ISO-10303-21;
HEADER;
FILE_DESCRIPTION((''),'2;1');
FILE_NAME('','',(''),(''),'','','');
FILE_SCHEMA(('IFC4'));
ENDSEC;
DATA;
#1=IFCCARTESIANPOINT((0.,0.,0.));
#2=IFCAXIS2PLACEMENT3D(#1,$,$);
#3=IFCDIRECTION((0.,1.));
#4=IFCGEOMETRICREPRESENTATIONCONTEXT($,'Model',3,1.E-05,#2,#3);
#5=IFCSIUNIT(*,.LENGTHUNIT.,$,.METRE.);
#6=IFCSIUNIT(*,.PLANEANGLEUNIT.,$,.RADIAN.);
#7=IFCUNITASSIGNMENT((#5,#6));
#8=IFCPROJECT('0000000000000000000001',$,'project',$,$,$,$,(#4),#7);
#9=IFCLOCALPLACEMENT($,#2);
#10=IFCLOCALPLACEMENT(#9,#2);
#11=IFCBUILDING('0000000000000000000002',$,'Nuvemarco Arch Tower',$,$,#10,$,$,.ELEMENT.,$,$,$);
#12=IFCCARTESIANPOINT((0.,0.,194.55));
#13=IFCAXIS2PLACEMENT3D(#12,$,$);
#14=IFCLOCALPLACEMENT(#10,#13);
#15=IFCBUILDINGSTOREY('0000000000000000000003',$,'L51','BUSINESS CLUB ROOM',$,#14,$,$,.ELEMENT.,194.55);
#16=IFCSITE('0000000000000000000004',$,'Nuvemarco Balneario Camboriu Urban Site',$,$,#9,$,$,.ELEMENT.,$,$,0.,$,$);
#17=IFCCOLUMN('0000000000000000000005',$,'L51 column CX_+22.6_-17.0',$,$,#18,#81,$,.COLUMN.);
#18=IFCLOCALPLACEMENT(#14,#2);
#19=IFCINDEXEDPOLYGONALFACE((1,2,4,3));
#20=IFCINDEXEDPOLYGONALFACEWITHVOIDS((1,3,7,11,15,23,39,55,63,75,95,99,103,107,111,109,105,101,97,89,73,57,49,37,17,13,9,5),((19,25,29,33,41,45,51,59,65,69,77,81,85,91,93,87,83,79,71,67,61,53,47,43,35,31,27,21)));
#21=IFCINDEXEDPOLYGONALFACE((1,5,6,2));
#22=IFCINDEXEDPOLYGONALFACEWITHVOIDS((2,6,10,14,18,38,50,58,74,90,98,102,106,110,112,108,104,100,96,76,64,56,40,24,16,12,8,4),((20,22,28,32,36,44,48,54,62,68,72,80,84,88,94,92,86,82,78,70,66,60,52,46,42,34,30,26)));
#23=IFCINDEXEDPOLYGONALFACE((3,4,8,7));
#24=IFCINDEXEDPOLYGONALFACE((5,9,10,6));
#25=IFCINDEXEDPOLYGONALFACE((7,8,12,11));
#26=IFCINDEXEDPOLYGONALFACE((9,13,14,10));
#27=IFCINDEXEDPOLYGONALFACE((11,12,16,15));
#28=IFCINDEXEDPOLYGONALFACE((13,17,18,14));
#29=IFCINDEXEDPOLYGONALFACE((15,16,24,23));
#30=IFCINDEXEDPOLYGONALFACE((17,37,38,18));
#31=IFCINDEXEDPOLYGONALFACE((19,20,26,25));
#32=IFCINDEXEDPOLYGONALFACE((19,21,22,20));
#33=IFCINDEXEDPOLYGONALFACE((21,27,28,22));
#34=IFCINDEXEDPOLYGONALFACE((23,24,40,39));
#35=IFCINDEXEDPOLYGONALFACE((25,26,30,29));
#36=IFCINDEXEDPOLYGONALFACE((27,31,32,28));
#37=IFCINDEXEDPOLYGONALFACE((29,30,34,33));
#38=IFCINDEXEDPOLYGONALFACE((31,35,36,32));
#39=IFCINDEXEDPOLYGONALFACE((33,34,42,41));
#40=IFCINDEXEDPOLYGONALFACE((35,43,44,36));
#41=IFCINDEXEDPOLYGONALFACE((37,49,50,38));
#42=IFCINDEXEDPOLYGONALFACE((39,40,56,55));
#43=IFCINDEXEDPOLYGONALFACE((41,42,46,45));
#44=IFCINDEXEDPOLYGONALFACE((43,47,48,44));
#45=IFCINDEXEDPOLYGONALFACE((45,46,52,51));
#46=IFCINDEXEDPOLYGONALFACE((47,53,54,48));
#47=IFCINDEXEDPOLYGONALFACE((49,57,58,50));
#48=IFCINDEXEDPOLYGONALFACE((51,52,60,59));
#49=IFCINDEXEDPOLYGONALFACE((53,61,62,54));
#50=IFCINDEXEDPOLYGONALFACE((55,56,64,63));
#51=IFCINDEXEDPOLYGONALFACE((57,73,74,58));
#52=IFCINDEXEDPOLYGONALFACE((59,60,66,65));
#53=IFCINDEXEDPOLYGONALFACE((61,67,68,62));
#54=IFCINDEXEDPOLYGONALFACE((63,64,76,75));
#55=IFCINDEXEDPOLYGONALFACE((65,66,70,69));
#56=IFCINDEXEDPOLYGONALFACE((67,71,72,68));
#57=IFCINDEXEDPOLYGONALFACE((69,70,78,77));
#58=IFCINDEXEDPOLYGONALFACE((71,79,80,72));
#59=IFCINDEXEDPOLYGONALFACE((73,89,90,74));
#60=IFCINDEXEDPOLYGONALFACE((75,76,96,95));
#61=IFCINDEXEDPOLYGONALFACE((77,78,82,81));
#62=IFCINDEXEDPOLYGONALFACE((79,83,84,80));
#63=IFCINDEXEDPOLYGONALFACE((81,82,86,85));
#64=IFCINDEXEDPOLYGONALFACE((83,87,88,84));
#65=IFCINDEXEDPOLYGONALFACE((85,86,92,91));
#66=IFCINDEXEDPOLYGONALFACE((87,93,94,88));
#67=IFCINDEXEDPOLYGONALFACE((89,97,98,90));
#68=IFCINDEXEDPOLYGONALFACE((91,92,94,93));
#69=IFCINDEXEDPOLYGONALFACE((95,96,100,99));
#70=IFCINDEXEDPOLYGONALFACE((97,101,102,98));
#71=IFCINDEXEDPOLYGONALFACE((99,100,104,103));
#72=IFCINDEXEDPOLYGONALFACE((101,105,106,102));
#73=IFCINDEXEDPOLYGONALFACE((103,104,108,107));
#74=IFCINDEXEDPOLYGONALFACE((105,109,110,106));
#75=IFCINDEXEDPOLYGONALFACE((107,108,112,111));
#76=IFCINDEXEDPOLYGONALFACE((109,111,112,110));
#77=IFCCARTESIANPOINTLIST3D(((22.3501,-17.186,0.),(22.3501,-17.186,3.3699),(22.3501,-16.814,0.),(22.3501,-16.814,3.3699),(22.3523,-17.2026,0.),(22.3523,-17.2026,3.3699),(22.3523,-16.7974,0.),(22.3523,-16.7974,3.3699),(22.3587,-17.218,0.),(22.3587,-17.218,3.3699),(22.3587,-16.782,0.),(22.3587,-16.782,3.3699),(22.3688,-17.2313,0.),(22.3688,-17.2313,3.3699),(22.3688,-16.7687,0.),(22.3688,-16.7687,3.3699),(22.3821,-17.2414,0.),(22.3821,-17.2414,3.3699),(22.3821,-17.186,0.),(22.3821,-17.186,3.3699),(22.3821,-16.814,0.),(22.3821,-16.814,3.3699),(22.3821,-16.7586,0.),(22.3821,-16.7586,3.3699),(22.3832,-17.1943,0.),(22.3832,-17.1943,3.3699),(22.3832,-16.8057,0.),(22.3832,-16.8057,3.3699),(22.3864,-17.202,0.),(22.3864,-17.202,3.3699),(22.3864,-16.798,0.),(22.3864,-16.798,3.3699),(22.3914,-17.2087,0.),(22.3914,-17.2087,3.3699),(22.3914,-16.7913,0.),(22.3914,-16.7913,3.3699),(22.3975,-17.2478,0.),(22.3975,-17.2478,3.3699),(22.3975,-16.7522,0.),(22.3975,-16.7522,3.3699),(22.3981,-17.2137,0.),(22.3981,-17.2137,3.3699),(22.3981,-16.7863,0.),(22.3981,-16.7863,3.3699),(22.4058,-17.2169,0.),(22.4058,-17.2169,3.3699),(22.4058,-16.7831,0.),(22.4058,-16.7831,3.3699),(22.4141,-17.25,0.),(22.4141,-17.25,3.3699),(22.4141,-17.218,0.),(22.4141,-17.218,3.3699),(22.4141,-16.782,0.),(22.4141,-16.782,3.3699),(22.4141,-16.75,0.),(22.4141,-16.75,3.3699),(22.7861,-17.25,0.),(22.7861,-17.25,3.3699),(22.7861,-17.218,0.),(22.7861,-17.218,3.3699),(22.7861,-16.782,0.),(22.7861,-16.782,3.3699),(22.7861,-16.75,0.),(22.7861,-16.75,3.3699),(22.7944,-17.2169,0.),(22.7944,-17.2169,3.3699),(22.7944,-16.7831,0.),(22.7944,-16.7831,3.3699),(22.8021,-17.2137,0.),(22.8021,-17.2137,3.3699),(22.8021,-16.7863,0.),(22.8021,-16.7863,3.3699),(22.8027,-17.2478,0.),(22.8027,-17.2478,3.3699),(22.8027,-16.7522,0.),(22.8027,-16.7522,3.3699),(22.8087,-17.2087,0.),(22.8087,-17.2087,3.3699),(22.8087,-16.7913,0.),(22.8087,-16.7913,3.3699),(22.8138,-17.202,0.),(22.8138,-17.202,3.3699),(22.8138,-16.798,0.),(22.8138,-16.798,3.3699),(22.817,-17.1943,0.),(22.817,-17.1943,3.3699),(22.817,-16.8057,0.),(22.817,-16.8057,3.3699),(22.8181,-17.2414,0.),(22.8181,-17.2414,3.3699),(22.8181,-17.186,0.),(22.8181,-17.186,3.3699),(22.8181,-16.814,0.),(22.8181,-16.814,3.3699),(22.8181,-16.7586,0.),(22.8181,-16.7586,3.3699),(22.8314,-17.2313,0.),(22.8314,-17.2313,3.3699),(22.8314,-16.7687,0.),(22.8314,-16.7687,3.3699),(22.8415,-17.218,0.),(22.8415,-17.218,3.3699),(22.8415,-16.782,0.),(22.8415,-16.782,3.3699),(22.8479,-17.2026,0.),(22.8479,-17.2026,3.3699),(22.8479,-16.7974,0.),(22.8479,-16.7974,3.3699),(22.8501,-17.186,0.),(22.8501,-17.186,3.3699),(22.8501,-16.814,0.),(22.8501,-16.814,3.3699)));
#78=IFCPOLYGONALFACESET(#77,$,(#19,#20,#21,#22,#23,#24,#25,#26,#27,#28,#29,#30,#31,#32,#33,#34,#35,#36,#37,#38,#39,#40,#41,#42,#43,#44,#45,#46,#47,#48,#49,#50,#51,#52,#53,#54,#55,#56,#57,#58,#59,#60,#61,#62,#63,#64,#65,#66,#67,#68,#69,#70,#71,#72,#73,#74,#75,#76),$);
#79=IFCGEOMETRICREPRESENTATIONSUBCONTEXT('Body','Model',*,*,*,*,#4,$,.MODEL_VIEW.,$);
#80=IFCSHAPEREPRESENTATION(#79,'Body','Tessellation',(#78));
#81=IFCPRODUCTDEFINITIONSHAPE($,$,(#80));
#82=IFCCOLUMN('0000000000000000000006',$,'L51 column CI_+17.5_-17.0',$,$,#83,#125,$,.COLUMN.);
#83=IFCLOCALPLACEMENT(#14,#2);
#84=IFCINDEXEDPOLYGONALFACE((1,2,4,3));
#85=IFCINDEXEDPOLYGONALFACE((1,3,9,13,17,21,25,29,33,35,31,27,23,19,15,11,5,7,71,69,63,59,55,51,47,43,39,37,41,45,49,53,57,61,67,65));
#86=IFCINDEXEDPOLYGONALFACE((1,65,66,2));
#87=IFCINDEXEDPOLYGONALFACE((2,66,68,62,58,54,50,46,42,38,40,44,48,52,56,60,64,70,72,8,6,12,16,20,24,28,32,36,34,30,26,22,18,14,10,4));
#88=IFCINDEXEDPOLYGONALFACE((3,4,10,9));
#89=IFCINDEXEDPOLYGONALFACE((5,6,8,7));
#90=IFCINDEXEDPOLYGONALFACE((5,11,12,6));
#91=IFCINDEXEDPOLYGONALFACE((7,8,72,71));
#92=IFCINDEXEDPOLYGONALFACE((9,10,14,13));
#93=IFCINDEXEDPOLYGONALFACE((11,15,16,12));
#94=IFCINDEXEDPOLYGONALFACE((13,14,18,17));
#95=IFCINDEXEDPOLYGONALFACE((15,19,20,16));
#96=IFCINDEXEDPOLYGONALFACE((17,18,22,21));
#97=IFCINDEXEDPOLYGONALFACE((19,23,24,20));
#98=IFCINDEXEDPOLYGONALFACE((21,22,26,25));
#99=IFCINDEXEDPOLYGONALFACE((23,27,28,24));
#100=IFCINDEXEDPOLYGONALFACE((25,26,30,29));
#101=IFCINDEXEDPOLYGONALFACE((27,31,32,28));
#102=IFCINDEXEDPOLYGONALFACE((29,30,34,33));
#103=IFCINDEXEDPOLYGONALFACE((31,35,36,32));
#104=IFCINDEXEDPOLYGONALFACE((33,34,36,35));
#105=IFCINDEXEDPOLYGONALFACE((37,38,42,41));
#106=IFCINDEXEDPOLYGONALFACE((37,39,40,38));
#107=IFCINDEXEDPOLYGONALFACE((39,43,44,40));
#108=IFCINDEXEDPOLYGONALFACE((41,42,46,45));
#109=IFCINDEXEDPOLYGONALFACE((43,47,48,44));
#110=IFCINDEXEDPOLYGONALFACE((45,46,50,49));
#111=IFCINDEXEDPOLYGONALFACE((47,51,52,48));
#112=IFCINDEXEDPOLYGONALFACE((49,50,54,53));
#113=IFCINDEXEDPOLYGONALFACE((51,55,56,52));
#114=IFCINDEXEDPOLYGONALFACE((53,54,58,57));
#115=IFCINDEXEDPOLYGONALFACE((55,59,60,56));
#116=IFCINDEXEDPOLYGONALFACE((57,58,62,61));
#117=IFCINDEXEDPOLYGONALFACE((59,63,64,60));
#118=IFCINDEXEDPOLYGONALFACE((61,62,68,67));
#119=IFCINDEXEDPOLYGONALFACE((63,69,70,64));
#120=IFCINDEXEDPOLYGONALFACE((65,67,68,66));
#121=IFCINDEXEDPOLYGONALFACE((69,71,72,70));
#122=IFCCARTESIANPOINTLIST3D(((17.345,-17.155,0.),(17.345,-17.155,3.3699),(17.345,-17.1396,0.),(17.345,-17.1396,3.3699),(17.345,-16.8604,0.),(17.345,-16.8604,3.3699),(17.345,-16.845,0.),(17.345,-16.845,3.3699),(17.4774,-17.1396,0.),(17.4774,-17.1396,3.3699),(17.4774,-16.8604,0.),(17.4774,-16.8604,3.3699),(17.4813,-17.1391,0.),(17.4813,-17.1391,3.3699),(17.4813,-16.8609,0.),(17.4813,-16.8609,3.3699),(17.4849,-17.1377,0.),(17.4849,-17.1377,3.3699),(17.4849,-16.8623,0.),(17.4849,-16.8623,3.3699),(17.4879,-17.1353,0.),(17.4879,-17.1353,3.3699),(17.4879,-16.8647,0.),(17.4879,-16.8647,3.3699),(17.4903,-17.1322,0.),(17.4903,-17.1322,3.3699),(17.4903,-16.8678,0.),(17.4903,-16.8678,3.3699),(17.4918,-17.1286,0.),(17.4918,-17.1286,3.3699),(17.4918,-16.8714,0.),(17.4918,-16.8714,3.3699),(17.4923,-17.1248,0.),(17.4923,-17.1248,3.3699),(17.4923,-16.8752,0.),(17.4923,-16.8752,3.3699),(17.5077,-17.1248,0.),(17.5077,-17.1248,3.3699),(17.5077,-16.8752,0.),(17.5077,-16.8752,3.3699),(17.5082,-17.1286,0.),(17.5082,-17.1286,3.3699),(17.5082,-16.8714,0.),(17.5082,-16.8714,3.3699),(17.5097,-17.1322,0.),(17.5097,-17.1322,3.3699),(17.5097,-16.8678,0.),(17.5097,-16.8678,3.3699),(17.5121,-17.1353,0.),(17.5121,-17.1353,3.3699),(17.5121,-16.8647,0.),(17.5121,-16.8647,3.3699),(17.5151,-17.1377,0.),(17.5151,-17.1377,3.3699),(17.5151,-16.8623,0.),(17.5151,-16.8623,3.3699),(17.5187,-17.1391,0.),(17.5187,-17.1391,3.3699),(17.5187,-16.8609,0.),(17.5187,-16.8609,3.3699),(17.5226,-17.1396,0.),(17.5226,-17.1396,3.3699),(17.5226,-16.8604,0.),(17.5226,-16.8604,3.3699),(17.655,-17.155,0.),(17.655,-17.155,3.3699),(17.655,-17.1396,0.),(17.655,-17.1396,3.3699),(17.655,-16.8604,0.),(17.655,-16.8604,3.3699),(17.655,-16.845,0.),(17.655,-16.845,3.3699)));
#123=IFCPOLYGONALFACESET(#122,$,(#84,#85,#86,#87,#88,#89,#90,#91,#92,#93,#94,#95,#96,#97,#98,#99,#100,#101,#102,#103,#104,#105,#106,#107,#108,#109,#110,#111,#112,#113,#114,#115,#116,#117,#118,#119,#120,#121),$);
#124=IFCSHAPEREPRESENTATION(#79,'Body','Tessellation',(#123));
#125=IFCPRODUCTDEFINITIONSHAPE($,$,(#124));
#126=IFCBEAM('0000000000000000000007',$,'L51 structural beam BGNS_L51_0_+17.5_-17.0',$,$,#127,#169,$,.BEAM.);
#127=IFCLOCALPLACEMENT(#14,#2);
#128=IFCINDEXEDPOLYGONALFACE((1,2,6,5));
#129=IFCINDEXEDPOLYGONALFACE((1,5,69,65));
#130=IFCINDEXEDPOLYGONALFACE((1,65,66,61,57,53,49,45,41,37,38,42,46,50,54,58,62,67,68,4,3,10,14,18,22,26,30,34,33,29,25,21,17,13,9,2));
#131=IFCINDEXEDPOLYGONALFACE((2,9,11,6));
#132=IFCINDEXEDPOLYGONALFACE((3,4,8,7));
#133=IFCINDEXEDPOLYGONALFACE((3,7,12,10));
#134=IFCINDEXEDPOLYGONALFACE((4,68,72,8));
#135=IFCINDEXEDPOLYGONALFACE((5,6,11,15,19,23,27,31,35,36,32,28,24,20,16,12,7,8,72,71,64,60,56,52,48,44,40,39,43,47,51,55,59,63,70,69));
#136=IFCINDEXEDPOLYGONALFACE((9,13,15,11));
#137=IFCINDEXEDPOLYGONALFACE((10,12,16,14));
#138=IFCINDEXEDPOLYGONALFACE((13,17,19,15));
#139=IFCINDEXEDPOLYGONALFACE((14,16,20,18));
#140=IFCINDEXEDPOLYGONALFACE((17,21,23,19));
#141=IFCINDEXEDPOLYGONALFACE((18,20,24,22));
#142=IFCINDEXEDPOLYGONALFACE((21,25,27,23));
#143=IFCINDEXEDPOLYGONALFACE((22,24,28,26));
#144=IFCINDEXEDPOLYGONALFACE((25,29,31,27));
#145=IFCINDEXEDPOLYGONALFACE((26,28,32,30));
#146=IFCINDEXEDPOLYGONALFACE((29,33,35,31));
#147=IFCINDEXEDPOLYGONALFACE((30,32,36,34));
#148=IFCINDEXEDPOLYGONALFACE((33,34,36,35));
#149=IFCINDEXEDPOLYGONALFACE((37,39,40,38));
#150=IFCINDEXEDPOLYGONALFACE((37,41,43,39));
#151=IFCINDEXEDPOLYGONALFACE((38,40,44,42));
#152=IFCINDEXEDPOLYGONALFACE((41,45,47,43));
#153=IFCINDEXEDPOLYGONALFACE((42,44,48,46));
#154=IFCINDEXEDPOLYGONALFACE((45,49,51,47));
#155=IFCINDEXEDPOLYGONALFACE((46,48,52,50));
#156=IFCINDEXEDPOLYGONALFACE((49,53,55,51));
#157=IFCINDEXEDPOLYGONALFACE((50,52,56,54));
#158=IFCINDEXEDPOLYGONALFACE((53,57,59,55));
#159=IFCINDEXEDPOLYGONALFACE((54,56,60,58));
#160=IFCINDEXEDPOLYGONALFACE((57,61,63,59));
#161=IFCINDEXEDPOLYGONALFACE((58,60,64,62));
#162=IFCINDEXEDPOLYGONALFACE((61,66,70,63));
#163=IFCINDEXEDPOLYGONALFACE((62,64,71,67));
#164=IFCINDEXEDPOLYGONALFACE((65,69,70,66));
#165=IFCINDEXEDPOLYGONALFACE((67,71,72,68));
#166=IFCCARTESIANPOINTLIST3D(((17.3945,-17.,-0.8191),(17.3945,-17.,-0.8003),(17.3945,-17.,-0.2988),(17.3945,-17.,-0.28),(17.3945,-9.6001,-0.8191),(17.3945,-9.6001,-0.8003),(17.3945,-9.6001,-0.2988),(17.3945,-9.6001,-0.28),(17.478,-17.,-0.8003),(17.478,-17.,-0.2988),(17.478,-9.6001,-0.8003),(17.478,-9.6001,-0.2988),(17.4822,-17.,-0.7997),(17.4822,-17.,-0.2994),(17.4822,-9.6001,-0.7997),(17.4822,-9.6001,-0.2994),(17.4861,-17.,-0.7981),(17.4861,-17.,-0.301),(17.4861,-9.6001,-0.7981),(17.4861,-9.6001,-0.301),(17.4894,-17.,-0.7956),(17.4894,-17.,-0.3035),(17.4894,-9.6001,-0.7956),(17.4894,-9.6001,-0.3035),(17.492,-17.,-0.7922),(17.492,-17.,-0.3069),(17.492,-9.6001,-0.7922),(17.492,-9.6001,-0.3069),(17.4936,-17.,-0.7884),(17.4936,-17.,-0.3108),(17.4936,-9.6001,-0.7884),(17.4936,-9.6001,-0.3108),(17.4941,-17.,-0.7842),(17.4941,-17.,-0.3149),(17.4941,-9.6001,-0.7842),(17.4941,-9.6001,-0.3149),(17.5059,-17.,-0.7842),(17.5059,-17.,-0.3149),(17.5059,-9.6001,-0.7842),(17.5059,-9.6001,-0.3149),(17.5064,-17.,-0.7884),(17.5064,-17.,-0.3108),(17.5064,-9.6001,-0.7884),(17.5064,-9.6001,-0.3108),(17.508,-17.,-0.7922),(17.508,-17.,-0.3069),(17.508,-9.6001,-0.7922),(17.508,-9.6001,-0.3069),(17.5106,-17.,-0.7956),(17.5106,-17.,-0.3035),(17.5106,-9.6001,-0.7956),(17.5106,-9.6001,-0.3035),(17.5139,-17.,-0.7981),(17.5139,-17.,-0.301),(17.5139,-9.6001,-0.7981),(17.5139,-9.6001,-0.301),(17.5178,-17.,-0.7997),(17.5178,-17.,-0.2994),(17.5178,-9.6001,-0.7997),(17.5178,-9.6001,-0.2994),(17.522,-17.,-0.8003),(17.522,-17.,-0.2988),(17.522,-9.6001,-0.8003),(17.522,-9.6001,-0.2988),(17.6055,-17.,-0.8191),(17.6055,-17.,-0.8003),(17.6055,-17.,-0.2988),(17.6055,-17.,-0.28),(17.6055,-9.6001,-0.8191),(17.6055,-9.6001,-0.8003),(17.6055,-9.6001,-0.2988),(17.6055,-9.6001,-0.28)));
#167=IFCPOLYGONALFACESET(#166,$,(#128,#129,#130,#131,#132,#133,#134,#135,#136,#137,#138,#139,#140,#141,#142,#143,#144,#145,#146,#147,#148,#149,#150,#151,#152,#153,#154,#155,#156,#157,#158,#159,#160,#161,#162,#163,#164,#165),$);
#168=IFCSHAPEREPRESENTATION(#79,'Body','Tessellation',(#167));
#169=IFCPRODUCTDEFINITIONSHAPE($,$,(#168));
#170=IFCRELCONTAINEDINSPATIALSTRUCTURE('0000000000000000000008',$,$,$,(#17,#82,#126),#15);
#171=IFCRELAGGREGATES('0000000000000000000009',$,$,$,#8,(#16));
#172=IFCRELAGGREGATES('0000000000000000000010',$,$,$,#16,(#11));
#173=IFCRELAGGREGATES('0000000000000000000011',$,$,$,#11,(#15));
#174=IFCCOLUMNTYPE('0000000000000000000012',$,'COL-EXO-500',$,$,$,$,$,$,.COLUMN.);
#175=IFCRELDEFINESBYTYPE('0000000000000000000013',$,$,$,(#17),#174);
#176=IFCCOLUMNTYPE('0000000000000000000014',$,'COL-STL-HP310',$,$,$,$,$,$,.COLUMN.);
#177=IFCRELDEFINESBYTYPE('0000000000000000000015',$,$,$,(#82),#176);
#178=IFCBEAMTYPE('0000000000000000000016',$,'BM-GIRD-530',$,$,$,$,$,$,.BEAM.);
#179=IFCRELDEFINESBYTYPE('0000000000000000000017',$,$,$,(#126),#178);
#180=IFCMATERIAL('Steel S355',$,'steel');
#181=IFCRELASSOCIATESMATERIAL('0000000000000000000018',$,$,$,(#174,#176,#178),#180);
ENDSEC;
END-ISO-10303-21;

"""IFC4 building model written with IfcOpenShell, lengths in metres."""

from ifc_helpers import new_model, si_unit, direction, frame, origin, origin_2d, place, context, subcontext, project, spatial, hollow_rectangle, i_section, extrude, material, material_profile, profile_set, type_object, element, save


model = new_model("IFC4")

# Units and contexts
model_context = context("Model", 3, precision=1e-05, world=origin(), true_north=direction((0.0, 1.0)))
body_context = subcontext(model_context, "Body", "Model", "MODEL_VIEW")
ifc_project = project(units=[si_unit("LENGTHUNIT", "METRE"), si_unit("PLANEANGLEUNIT", "RADIAN")], contexts=[model_context])

# Site, building, storey
site_placement = place(None, origin())
site = spatial("IfcSite", under=ifc_project, at=site_placement, Name="Nuvemarco Balneario Camboriu Urban Site", CompositionType="ELEMENT", RefElevation=0.0)
building_placement = place(site_placement, origin())
building = spatial("IfcBuilding", under=site, at=building_placement, Name="Nuvemarco Arch Tower", CompositionType="ELEMENT")
storey_placement = place(building_placement, frame((0.0, 0.0, 194.55)))
storey = spatial("IfcBuildingStorey", under=building, at=storey_placement, Name="L51", Description="BUSINESS CLUB ROOM", CompositionType="ELEMENT", Elevation=194.55)

# Columns
ifc_material_1 = material(Name="Steel S355", Category="steel")
ifc_material_profile_1 = material_profile(ifc_material_1, hollow_rectangle(XDim=0.5, YDim=0.5, WallThickness=0.032, InnerFilletRadius=0.032, OuterFilletRadius=0.064, at=origin_2d()), Name="SHS500x500x32")
ifc_profile_set_1 = profile_set([ifc_material_profile_1], Name="Steel S355")
column_type_1 = type_object("IfcColumnType", Name="COL-EXO-500", PredefinedType="COLUMN", material=ifc_profile_set_1)
column_1_placement = place(storey_placement, frame((22.6001, -17.0, 0.0), z_axis=(0.0, 0.0, 1.0), x_axis=(1.0, 0.0, 0.0)))
element("IfcColumn", 1, at=column_1_placement, inside=storey, type_object=column_type_1, Name="L51 column CX_+22.6_-17.0", PredefinedType="COLUMN", context=body_context, shape_type="SweptSolid", body=[
    extrude(hollow_rectangle(XDim=0.5, YDim=0.5, WallThickness=0.032, InnerFilletRadius=0.032, OuterFilletRadius=0.064, at=origin_2d()), origin(), (0.0, 0.0, 1.0), 3.3699),
])
ifc_material_profile_2 = material_profile(ifc_material_1, i_section(OverallWidth=0.3101, OverallDepth=0.3101, WebThickness=0.0154, FlangeThickness=0.0154, FilletRadius=0.0149, at=origin_2d()), Name="HP310x110")
ifc_profile_set_2 = profile_set([ifc_material_profile_2], Name="Steel S355")
column_type_2 = type_object("IfcColumnType", Name="COL-STL-HP310", PredefinedType="COLUMN", material=ifc_profile_set_2)
column_2_placement = place(storey_placement, frame((17.5, -17.0, 0.0), z_axis=(0.0, 0.0, 1.0), x_axis=(1.0, 0.0, 0.0)))
element("IfcColumn", 2, at=column_2_placement, inside=storey, type_object=column_type_2, Name="L51 column CI_+17.5_-17.0", PredefinedType="COLUMN", context=body_context, shape_type="SweptSolid", body=[
    extrude(i_section(OverallWidth=0.3101, OverallDepth=0.3101, WebThickness=0.0154, FlangeThickness=0.0154, FilletRadius=0.0149, at=origin_2d()), origin(), (0.0, 0.0, 1.0), 3.3699),
])

# Beam
ifc_material_profile_3 = material_profile(ifc_material_1, i_section(OverallWidth=0.2109, OverallDepth=0.5391, WebThickness=0.0117, FlangeThickness=0.0188, FilletRadius=0.0161, at=origin_2d()), Name="W530x109")
ifc_profile_set_3 = profile_set([ifc_material_profile_3], Name="Steel S355")
beam_type_1 = type_object("IfcBeamType", Name="BM-GIRD-530", PredefinedType="BEAM", material=ifc_profile_set_3)
beam_1_placement = place(storey_placement, frame((17.5, -17.0, -0.5496), z_axis=(0.0, 1.0, 0.0), x_axis=(-1.0, 0.0, 0.0)))
element("IfcBeam", 3, at=beam_1_placement, inside=storey, type_object=beam_type_1, Name="L51 structural beam BGNS_L51_0_+17.5_-17.0", PredefinedType="BEAM", context=body_context, shape_type="SweptSolid", body=[
    extrude(i_section(OverallWidth=0.2109, OverallDepth=0.5391, WebThickness=0.0117, FlangeThickness=0.0188, FilletRadius=0.0161, at=origin_2d()), origin(), (0.0, 0.0, 1.0), 7.3999),
])

save(model, "model.ifc")
